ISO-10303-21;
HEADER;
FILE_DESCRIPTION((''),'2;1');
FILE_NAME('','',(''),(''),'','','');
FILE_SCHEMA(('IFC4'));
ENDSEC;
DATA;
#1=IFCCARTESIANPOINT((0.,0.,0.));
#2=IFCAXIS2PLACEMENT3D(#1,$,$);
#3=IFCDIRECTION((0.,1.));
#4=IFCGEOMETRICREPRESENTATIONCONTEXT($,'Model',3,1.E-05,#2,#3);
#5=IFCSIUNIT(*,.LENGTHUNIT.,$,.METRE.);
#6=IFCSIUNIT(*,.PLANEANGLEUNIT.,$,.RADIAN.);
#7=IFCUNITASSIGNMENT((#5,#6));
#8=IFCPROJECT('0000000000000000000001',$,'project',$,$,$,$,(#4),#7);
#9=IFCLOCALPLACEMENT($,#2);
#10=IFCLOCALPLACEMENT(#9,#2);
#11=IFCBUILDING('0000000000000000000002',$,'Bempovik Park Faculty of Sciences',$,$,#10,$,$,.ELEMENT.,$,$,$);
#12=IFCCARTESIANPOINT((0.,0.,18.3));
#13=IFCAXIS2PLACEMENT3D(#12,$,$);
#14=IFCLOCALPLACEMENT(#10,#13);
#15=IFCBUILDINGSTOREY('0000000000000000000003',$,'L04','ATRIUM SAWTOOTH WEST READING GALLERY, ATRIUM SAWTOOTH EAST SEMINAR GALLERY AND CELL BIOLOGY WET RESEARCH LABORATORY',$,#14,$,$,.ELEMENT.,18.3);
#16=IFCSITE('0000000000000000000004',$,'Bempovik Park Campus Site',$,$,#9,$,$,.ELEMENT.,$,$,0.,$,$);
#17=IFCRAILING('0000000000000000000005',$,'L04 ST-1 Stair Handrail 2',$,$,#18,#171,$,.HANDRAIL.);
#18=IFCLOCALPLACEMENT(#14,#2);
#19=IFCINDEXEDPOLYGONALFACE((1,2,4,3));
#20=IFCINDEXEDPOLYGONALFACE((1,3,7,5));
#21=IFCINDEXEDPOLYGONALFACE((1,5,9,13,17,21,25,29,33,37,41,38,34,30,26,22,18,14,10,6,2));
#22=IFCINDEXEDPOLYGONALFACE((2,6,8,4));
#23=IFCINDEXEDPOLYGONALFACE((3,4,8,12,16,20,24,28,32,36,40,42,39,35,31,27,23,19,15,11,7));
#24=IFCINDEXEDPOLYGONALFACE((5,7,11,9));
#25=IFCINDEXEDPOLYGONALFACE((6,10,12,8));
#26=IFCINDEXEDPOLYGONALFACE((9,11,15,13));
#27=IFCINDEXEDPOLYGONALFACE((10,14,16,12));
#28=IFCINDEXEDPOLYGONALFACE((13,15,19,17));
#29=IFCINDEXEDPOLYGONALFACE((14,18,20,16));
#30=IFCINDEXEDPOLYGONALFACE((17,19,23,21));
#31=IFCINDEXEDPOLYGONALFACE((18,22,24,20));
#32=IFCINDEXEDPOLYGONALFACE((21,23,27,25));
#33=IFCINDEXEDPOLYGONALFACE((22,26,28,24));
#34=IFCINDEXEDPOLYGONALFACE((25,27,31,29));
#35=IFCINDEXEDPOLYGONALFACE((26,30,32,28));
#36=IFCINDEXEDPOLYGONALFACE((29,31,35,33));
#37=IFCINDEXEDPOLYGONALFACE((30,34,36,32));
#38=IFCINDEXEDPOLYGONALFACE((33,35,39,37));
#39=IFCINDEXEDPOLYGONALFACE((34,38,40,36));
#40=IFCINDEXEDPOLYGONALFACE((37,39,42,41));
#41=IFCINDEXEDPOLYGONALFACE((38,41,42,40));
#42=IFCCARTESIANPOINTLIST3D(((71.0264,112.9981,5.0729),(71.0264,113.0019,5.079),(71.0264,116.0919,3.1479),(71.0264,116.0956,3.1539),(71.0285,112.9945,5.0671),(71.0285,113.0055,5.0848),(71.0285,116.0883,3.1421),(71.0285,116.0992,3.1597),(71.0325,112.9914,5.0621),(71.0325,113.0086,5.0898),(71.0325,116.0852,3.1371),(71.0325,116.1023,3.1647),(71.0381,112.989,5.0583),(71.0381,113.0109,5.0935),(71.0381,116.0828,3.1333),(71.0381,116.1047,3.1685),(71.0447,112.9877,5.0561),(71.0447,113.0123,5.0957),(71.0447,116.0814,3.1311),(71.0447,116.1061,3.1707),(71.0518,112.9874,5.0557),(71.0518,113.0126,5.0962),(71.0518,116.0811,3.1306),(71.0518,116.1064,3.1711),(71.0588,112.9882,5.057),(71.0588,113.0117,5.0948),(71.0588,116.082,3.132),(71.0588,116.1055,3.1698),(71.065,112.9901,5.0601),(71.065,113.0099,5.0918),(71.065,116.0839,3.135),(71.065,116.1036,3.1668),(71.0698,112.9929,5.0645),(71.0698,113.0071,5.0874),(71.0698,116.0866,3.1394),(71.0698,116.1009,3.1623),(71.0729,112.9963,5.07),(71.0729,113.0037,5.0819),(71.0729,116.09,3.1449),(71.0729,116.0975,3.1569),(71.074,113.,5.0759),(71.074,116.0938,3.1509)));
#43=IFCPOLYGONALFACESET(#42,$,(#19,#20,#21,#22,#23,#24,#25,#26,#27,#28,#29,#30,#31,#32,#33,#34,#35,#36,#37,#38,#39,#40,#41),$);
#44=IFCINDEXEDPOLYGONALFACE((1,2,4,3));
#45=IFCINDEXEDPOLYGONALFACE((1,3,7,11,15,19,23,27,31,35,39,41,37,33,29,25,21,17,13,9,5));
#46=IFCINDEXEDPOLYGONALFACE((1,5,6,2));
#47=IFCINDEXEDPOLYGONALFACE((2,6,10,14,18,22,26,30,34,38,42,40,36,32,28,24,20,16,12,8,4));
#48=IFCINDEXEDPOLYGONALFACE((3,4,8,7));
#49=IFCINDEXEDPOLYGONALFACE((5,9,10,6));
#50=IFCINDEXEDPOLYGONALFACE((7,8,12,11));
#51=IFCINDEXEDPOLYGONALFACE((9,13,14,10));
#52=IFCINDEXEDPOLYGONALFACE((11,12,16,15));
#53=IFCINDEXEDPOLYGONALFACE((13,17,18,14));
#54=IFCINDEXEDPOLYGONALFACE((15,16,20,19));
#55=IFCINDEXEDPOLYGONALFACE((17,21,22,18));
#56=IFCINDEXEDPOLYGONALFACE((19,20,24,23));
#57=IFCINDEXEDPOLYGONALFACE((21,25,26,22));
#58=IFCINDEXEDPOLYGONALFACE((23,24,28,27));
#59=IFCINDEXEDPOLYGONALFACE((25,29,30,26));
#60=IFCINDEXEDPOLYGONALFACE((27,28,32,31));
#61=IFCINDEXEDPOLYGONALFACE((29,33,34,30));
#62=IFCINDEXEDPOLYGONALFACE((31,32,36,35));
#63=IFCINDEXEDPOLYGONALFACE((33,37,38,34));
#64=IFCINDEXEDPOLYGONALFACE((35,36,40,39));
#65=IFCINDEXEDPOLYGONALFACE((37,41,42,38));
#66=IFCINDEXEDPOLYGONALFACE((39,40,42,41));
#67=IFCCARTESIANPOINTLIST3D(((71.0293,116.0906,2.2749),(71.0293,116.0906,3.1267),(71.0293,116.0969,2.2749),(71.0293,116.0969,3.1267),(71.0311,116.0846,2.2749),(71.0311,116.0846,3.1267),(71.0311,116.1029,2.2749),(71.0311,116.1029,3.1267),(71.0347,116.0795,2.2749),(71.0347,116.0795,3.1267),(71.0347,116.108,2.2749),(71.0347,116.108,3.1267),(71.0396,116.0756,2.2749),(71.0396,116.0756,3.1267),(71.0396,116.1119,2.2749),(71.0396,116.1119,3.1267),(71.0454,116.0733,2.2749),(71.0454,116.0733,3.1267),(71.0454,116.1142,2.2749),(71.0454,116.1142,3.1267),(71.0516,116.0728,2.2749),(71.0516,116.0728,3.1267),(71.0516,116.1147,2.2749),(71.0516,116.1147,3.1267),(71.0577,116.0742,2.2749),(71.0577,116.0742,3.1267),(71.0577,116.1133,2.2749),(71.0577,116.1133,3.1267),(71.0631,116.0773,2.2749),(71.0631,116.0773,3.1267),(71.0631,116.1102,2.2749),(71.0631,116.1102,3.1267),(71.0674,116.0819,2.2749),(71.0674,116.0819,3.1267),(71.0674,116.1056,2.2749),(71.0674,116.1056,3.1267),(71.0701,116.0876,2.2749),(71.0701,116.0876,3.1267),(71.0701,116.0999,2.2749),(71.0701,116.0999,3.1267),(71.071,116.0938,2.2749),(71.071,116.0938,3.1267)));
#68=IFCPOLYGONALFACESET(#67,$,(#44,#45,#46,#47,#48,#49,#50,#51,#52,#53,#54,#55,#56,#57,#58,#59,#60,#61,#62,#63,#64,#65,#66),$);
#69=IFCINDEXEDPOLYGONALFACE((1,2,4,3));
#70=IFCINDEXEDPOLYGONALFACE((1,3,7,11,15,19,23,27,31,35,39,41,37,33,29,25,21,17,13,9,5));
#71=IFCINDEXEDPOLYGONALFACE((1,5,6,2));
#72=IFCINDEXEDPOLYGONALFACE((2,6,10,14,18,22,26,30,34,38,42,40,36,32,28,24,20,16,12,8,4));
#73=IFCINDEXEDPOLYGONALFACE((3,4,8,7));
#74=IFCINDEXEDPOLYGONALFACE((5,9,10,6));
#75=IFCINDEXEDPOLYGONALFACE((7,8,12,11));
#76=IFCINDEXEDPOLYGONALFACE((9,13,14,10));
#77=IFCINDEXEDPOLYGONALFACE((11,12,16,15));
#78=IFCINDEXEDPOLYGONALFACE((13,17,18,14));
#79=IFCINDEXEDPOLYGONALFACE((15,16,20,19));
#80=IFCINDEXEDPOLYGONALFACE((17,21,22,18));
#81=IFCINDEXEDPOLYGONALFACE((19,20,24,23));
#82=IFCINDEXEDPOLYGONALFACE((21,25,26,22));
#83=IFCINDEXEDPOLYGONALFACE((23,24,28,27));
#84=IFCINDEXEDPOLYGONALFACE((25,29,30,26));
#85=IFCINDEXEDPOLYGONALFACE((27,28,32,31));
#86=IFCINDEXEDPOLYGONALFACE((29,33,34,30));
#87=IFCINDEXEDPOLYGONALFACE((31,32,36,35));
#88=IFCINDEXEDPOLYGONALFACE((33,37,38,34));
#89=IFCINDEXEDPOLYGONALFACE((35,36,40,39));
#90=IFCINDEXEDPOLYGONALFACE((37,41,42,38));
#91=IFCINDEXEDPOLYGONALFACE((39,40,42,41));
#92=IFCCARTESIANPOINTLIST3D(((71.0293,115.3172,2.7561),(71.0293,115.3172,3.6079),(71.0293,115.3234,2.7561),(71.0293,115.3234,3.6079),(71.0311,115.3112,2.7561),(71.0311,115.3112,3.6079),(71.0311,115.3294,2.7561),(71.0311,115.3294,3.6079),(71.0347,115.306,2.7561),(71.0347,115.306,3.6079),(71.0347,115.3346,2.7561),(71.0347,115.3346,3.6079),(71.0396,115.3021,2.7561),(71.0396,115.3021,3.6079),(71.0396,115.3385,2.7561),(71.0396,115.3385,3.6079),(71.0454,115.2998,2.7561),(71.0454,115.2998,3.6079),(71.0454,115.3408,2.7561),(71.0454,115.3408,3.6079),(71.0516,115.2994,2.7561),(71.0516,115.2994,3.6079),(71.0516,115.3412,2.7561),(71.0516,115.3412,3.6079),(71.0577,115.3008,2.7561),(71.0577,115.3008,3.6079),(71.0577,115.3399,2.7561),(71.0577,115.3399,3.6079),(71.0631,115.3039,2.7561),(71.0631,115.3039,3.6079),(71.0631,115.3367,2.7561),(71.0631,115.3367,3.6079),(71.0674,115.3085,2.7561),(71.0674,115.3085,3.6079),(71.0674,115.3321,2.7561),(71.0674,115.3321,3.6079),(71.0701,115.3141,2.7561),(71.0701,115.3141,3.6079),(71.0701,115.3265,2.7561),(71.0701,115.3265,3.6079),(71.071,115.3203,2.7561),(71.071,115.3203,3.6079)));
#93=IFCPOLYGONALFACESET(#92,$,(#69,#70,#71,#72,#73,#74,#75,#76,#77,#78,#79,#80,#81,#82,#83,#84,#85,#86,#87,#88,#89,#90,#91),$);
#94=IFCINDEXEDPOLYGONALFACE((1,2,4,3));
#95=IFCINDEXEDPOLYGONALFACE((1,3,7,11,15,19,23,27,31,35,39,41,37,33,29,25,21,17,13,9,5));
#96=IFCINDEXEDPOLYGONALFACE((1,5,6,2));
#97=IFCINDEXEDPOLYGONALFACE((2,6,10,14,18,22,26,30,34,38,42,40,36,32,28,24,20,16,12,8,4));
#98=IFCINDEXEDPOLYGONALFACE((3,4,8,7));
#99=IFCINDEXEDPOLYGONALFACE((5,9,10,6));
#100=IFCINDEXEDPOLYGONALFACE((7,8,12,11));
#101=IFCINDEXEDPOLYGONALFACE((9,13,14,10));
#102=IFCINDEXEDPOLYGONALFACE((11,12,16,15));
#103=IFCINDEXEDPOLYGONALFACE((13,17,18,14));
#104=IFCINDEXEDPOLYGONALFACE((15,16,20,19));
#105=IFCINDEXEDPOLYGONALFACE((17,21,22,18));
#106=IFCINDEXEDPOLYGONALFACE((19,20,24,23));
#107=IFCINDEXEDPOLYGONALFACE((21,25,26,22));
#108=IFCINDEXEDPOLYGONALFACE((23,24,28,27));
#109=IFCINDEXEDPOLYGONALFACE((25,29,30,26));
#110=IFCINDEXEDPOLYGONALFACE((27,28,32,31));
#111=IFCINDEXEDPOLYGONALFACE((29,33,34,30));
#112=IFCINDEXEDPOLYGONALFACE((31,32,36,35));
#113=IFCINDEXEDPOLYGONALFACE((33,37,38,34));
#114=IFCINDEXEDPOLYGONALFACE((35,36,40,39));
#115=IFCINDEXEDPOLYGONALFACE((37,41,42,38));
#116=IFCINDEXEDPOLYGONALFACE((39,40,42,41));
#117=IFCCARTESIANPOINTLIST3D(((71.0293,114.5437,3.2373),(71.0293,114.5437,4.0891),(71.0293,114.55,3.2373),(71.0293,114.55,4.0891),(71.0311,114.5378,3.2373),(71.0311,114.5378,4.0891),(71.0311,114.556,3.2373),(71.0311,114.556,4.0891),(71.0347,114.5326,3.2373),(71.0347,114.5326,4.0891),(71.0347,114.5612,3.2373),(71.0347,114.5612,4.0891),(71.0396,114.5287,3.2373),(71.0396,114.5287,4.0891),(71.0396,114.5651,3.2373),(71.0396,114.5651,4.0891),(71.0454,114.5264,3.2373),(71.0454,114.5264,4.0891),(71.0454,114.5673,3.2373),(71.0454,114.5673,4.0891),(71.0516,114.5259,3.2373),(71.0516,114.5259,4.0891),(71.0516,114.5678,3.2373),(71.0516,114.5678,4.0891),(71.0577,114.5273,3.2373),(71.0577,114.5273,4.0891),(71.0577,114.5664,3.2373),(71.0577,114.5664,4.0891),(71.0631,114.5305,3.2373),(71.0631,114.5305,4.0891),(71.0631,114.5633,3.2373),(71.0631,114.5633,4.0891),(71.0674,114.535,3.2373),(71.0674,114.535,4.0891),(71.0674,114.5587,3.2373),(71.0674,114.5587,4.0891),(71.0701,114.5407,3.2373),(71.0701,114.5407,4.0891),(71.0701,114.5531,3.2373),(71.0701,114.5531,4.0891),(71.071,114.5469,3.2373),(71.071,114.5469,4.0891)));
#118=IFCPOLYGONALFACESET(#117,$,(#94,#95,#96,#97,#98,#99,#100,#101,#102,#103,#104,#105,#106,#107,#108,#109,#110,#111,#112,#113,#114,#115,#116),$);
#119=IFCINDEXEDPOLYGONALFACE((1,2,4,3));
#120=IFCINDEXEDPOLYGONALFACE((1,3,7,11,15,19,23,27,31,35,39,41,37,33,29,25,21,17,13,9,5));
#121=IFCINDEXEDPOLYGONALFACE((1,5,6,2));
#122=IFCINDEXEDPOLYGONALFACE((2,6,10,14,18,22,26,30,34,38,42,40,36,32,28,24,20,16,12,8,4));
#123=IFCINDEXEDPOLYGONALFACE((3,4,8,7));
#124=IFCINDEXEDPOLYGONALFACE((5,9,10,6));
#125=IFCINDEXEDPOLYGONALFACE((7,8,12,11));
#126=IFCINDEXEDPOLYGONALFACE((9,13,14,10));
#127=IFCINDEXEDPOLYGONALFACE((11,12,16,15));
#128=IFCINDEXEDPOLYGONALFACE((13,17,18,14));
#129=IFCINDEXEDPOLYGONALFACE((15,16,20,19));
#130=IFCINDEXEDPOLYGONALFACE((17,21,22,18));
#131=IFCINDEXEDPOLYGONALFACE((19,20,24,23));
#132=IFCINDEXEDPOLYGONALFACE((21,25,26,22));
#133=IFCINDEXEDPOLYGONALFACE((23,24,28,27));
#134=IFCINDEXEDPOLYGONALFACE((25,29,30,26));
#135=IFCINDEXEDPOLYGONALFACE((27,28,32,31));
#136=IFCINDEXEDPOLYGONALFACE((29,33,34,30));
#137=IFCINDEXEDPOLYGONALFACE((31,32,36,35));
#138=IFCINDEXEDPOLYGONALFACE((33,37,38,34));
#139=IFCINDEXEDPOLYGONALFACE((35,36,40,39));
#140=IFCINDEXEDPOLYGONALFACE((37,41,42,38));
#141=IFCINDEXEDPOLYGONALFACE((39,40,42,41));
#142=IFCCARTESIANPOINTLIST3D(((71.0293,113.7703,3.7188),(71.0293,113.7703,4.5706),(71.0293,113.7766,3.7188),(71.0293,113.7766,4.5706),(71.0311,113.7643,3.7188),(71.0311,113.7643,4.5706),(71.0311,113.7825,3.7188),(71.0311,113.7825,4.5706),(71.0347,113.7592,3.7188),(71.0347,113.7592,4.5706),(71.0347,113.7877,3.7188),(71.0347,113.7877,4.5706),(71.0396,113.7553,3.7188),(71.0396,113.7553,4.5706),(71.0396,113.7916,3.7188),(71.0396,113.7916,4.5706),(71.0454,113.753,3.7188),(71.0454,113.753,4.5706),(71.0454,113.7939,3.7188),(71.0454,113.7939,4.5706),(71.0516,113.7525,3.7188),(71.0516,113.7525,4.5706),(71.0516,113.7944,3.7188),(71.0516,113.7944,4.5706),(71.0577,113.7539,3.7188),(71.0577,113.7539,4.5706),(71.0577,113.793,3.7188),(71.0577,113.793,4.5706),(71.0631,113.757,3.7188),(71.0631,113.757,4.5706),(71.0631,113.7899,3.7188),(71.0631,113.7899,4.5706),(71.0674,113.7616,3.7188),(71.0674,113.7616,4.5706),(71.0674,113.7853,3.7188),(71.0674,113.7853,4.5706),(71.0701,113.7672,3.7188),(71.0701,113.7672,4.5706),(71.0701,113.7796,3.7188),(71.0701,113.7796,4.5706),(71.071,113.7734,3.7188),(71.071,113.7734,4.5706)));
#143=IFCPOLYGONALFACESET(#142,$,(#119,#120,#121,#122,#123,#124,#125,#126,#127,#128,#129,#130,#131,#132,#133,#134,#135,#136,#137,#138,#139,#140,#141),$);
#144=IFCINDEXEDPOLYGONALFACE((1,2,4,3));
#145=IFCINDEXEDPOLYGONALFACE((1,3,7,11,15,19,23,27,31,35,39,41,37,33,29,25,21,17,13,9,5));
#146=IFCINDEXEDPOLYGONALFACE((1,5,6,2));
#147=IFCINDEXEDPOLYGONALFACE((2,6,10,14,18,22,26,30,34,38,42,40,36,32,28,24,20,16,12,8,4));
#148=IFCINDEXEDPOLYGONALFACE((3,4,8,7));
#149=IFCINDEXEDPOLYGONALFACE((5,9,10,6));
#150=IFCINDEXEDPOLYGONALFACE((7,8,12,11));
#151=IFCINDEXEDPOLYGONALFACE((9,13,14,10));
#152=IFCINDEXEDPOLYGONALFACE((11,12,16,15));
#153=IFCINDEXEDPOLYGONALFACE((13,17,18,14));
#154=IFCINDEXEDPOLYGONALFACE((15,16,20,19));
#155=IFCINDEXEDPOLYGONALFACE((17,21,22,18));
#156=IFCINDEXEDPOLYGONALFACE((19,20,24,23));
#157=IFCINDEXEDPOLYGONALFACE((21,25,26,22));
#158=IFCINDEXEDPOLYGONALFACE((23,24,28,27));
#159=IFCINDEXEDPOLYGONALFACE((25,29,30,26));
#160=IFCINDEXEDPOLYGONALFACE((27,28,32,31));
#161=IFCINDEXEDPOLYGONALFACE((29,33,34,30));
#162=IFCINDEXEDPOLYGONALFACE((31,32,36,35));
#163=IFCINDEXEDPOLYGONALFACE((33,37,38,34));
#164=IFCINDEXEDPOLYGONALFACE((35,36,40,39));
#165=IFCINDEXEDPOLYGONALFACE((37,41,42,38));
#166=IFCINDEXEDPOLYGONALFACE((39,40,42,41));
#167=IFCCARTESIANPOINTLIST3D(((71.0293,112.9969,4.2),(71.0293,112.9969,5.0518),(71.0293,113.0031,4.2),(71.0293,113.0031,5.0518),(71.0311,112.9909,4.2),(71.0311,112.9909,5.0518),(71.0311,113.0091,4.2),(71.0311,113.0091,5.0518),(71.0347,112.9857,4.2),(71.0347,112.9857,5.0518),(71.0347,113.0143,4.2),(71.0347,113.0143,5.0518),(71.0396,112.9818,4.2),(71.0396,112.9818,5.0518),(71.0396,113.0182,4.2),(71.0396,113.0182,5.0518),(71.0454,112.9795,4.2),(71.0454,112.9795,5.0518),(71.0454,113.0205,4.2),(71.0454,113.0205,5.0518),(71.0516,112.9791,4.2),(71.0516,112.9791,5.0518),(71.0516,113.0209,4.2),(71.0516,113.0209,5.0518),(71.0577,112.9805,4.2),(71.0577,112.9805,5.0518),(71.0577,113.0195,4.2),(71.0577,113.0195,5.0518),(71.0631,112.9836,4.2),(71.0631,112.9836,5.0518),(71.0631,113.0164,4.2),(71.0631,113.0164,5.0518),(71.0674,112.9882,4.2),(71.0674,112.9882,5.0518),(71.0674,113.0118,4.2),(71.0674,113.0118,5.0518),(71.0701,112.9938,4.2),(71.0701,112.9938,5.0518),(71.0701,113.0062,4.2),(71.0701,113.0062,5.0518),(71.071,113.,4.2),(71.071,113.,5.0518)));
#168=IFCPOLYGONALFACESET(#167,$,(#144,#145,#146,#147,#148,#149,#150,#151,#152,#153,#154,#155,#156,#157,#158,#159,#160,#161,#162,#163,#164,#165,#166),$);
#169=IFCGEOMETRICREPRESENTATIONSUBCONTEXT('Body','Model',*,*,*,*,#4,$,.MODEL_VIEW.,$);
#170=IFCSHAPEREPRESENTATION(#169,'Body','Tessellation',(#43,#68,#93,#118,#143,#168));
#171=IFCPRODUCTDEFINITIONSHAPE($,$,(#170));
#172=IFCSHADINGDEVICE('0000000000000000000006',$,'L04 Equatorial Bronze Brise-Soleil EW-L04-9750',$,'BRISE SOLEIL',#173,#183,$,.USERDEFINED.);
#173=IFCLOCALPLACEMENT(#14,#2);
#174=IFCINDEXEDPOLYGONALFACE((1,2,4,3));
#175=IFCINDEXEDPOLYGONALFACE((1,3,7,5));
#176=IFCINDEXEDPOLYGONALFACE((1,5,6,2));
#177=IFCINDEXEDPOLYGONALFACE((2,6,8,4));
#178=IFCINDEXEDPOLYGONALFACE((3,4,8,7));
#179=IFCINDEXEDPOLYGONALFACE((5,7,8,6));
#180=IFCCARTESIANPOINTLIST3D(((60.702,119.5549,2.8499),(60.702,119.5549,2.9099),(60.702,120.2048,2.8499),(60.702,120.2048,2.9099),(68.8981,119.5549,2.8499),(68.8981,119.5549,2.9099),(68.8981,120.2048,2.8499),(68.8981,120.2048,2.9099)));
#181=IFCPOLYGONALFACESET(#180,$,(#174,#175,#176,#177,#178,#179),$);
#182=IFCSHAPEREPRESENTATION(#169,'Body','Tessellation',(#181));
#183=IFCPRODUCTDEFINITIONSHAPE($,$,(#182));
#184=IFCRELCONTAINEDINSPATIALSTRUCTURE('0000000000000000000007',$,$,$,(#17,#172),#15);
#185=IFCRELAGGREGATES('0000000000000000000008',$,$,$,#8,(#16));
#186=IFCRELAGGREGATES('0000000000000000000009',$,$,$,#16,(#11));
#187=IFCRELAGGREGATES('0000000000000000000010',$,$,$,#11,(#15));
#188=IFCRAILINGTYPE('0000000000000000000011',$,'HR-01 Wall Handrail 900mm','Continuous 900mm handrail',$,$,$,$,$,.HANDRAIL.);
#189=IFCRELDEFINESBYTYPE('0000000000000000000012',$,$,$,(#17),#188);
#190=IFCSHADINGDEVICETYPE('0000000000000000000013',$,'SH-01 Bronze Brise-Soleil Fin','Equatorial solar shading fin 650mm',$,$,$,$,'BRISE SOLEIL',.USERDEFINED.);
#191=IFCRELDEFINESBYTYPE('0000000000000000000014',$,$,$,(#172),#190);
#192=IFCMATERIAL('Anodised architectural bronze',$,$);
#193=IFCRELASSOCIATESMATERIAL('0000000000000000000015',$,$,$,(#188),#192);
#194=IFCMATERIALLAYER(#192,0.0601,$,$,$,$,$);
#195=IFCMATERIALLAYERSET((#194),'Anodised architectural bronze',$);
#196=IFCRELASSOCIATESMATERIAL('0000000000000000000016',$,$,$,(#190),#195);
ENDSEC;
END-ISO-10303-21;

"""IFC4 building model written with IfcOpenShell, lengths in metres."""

from ifc_helpers import new_model, si_unit, direction, frame, origin, origin_2d, place, context, subcontext, project, spatial, rectangle, circle, extrude, material, layer, layer_set, type_object, element, save


model = new_model("IFC4")

# Units and contexts
model_context = context("Model", 3, precision=1e-05, world=origin(), true_north=direction((0.0, 1.0)))
body_context = subcontext(model_context, "Body", "Model", "MODEL_VIEW")
ifc_project = project(units=[si_unit("LENGTHUNIT", "METRE"), si_unit("PLANEANGLEUNIT", "RADIAN")], contexts=[model_context])

# Site, building, storey
site_placement = place(None, origin())
site = spatial("IfcSite", under=ifc_project, at=site_placement, Name="Bempovik Park Campus Site", CompositionType="ELEMENT", RefElevation=0.0)
building_placement = place(site_placement, origin())
building = spatial("IfcBuilding", under=site, at=building_placement, Name="Bempovik Park Faculty of Sciences", CompositionType="ELEMENT")
storey_placement = place(building_placement, frame((0.0, 0.0, 18.3)))
storey = spatial("IfcBuildingStorey", under=building, at=storey_placement, Name="L04", Description="ATRIUM SAWTOOTH WEST READING GALLERY, ATRIUM SAWTOOTH EAST SEMINAR GALLERY AND CELL BIOLOGY WET RESEARCH LABORATORY", CompositionType="ELEMENT", Elevation=18.3)

# Railing
ifc_material_1 = material(Name="Anodised architectural bronze")
railing_type = type_object("IfcRailingType", Name="HR-01 Wall Handrail 900mm", Description="Continuous 900mm handrail", PredefinedType="HANDRAIL", material=ifc_material_1)
railing_placement = place(storey_placement, frame((71.05, 116.0938, 2.2749)))
element("IfcRailing", 1, at=railing_placement, inside=storey, type_object=railing_type, Name="L04 ST-1 Stair Handrail 2", PredefinedType="HANDRAIL", context=body_context, shape_type="SweptSolid", body=[
    extrude(circle(Radius=0.0239, at=origin_2d()), frame((0.0, 0.0, 0.876), z_axis=(0.0, -0.849051, 0.528312), x_axis=(1.0, 0.0, 0.0)), (0.0, 0.0, 1.0), 3.6438),
    extrude(circle(Radius=0.021, at=origin_2d()), origin(), (0.0, 0.0, 1.0), 0.8518),
    extrude(circle(Radius=0.021, at=origin_2d()), frame((0.0, -0.7734, 0.4812)), (0.0, 0.0, 1.0), 0.8518),
    extrude(circle(Radius=0.021, at=origin_2d()), frame((0.0, -1.5469, 0.9624)), (0.0, 0.0, 1.0), 0.8518),
    extrude(circle(Radius=0.021, at=origin_2d()), frame((0.0, -2.3203, 1.4438)), (0.0, 0.0, 1.0), 0.8518),
    extrude(circle(Radius=0.021, at=origin_2d()), frame((0.0, -3.0938, 1.925)), (0.0, 0.0, 1.0), 0.8518),
])

# Shading device
ifc_layer_1 = layer(ifc_material_1, 0.0601)
ifc_layer_set_1 = layer_set([ifc_layer_1], Name="Anodised architectural bronze")
shading_device_type = type_object("IfcShadingDeviceType", Name="SH-01 Bronze Brise-Soleil Fin", Description="Equatorial solar shading fin 650mm", ElementType="BRISE SOLEIL", PredefinedType="USERDEFINED", material=ifc_layer_set_1)
shading_device_placement = place(storey_placement, frame((64.8, 119.8799, 2.8499), z_axis=(0.0, 0.0, 1.0), x_axis=(1.0, 0.0, 0.0)))
element("IfcShadingDevice", 2, at=shading_device_placement, inside=storey, type_object=shading_device_type, Name="L04 Equatorial Bronze Brise-Soleil EW-L04-9750", ObjectType="BRISE SOLEIL", PredefinedType="USERDEFINED", context=body_context, shape_type="SweptSolid", body=[
    extrude(rectangle(XDim=8.196, YDim=0.6499, at=origin_2d()), origin(), (0.0, 0.0, 1.0), 0.0601),
])

save(model, "model.ifc")
